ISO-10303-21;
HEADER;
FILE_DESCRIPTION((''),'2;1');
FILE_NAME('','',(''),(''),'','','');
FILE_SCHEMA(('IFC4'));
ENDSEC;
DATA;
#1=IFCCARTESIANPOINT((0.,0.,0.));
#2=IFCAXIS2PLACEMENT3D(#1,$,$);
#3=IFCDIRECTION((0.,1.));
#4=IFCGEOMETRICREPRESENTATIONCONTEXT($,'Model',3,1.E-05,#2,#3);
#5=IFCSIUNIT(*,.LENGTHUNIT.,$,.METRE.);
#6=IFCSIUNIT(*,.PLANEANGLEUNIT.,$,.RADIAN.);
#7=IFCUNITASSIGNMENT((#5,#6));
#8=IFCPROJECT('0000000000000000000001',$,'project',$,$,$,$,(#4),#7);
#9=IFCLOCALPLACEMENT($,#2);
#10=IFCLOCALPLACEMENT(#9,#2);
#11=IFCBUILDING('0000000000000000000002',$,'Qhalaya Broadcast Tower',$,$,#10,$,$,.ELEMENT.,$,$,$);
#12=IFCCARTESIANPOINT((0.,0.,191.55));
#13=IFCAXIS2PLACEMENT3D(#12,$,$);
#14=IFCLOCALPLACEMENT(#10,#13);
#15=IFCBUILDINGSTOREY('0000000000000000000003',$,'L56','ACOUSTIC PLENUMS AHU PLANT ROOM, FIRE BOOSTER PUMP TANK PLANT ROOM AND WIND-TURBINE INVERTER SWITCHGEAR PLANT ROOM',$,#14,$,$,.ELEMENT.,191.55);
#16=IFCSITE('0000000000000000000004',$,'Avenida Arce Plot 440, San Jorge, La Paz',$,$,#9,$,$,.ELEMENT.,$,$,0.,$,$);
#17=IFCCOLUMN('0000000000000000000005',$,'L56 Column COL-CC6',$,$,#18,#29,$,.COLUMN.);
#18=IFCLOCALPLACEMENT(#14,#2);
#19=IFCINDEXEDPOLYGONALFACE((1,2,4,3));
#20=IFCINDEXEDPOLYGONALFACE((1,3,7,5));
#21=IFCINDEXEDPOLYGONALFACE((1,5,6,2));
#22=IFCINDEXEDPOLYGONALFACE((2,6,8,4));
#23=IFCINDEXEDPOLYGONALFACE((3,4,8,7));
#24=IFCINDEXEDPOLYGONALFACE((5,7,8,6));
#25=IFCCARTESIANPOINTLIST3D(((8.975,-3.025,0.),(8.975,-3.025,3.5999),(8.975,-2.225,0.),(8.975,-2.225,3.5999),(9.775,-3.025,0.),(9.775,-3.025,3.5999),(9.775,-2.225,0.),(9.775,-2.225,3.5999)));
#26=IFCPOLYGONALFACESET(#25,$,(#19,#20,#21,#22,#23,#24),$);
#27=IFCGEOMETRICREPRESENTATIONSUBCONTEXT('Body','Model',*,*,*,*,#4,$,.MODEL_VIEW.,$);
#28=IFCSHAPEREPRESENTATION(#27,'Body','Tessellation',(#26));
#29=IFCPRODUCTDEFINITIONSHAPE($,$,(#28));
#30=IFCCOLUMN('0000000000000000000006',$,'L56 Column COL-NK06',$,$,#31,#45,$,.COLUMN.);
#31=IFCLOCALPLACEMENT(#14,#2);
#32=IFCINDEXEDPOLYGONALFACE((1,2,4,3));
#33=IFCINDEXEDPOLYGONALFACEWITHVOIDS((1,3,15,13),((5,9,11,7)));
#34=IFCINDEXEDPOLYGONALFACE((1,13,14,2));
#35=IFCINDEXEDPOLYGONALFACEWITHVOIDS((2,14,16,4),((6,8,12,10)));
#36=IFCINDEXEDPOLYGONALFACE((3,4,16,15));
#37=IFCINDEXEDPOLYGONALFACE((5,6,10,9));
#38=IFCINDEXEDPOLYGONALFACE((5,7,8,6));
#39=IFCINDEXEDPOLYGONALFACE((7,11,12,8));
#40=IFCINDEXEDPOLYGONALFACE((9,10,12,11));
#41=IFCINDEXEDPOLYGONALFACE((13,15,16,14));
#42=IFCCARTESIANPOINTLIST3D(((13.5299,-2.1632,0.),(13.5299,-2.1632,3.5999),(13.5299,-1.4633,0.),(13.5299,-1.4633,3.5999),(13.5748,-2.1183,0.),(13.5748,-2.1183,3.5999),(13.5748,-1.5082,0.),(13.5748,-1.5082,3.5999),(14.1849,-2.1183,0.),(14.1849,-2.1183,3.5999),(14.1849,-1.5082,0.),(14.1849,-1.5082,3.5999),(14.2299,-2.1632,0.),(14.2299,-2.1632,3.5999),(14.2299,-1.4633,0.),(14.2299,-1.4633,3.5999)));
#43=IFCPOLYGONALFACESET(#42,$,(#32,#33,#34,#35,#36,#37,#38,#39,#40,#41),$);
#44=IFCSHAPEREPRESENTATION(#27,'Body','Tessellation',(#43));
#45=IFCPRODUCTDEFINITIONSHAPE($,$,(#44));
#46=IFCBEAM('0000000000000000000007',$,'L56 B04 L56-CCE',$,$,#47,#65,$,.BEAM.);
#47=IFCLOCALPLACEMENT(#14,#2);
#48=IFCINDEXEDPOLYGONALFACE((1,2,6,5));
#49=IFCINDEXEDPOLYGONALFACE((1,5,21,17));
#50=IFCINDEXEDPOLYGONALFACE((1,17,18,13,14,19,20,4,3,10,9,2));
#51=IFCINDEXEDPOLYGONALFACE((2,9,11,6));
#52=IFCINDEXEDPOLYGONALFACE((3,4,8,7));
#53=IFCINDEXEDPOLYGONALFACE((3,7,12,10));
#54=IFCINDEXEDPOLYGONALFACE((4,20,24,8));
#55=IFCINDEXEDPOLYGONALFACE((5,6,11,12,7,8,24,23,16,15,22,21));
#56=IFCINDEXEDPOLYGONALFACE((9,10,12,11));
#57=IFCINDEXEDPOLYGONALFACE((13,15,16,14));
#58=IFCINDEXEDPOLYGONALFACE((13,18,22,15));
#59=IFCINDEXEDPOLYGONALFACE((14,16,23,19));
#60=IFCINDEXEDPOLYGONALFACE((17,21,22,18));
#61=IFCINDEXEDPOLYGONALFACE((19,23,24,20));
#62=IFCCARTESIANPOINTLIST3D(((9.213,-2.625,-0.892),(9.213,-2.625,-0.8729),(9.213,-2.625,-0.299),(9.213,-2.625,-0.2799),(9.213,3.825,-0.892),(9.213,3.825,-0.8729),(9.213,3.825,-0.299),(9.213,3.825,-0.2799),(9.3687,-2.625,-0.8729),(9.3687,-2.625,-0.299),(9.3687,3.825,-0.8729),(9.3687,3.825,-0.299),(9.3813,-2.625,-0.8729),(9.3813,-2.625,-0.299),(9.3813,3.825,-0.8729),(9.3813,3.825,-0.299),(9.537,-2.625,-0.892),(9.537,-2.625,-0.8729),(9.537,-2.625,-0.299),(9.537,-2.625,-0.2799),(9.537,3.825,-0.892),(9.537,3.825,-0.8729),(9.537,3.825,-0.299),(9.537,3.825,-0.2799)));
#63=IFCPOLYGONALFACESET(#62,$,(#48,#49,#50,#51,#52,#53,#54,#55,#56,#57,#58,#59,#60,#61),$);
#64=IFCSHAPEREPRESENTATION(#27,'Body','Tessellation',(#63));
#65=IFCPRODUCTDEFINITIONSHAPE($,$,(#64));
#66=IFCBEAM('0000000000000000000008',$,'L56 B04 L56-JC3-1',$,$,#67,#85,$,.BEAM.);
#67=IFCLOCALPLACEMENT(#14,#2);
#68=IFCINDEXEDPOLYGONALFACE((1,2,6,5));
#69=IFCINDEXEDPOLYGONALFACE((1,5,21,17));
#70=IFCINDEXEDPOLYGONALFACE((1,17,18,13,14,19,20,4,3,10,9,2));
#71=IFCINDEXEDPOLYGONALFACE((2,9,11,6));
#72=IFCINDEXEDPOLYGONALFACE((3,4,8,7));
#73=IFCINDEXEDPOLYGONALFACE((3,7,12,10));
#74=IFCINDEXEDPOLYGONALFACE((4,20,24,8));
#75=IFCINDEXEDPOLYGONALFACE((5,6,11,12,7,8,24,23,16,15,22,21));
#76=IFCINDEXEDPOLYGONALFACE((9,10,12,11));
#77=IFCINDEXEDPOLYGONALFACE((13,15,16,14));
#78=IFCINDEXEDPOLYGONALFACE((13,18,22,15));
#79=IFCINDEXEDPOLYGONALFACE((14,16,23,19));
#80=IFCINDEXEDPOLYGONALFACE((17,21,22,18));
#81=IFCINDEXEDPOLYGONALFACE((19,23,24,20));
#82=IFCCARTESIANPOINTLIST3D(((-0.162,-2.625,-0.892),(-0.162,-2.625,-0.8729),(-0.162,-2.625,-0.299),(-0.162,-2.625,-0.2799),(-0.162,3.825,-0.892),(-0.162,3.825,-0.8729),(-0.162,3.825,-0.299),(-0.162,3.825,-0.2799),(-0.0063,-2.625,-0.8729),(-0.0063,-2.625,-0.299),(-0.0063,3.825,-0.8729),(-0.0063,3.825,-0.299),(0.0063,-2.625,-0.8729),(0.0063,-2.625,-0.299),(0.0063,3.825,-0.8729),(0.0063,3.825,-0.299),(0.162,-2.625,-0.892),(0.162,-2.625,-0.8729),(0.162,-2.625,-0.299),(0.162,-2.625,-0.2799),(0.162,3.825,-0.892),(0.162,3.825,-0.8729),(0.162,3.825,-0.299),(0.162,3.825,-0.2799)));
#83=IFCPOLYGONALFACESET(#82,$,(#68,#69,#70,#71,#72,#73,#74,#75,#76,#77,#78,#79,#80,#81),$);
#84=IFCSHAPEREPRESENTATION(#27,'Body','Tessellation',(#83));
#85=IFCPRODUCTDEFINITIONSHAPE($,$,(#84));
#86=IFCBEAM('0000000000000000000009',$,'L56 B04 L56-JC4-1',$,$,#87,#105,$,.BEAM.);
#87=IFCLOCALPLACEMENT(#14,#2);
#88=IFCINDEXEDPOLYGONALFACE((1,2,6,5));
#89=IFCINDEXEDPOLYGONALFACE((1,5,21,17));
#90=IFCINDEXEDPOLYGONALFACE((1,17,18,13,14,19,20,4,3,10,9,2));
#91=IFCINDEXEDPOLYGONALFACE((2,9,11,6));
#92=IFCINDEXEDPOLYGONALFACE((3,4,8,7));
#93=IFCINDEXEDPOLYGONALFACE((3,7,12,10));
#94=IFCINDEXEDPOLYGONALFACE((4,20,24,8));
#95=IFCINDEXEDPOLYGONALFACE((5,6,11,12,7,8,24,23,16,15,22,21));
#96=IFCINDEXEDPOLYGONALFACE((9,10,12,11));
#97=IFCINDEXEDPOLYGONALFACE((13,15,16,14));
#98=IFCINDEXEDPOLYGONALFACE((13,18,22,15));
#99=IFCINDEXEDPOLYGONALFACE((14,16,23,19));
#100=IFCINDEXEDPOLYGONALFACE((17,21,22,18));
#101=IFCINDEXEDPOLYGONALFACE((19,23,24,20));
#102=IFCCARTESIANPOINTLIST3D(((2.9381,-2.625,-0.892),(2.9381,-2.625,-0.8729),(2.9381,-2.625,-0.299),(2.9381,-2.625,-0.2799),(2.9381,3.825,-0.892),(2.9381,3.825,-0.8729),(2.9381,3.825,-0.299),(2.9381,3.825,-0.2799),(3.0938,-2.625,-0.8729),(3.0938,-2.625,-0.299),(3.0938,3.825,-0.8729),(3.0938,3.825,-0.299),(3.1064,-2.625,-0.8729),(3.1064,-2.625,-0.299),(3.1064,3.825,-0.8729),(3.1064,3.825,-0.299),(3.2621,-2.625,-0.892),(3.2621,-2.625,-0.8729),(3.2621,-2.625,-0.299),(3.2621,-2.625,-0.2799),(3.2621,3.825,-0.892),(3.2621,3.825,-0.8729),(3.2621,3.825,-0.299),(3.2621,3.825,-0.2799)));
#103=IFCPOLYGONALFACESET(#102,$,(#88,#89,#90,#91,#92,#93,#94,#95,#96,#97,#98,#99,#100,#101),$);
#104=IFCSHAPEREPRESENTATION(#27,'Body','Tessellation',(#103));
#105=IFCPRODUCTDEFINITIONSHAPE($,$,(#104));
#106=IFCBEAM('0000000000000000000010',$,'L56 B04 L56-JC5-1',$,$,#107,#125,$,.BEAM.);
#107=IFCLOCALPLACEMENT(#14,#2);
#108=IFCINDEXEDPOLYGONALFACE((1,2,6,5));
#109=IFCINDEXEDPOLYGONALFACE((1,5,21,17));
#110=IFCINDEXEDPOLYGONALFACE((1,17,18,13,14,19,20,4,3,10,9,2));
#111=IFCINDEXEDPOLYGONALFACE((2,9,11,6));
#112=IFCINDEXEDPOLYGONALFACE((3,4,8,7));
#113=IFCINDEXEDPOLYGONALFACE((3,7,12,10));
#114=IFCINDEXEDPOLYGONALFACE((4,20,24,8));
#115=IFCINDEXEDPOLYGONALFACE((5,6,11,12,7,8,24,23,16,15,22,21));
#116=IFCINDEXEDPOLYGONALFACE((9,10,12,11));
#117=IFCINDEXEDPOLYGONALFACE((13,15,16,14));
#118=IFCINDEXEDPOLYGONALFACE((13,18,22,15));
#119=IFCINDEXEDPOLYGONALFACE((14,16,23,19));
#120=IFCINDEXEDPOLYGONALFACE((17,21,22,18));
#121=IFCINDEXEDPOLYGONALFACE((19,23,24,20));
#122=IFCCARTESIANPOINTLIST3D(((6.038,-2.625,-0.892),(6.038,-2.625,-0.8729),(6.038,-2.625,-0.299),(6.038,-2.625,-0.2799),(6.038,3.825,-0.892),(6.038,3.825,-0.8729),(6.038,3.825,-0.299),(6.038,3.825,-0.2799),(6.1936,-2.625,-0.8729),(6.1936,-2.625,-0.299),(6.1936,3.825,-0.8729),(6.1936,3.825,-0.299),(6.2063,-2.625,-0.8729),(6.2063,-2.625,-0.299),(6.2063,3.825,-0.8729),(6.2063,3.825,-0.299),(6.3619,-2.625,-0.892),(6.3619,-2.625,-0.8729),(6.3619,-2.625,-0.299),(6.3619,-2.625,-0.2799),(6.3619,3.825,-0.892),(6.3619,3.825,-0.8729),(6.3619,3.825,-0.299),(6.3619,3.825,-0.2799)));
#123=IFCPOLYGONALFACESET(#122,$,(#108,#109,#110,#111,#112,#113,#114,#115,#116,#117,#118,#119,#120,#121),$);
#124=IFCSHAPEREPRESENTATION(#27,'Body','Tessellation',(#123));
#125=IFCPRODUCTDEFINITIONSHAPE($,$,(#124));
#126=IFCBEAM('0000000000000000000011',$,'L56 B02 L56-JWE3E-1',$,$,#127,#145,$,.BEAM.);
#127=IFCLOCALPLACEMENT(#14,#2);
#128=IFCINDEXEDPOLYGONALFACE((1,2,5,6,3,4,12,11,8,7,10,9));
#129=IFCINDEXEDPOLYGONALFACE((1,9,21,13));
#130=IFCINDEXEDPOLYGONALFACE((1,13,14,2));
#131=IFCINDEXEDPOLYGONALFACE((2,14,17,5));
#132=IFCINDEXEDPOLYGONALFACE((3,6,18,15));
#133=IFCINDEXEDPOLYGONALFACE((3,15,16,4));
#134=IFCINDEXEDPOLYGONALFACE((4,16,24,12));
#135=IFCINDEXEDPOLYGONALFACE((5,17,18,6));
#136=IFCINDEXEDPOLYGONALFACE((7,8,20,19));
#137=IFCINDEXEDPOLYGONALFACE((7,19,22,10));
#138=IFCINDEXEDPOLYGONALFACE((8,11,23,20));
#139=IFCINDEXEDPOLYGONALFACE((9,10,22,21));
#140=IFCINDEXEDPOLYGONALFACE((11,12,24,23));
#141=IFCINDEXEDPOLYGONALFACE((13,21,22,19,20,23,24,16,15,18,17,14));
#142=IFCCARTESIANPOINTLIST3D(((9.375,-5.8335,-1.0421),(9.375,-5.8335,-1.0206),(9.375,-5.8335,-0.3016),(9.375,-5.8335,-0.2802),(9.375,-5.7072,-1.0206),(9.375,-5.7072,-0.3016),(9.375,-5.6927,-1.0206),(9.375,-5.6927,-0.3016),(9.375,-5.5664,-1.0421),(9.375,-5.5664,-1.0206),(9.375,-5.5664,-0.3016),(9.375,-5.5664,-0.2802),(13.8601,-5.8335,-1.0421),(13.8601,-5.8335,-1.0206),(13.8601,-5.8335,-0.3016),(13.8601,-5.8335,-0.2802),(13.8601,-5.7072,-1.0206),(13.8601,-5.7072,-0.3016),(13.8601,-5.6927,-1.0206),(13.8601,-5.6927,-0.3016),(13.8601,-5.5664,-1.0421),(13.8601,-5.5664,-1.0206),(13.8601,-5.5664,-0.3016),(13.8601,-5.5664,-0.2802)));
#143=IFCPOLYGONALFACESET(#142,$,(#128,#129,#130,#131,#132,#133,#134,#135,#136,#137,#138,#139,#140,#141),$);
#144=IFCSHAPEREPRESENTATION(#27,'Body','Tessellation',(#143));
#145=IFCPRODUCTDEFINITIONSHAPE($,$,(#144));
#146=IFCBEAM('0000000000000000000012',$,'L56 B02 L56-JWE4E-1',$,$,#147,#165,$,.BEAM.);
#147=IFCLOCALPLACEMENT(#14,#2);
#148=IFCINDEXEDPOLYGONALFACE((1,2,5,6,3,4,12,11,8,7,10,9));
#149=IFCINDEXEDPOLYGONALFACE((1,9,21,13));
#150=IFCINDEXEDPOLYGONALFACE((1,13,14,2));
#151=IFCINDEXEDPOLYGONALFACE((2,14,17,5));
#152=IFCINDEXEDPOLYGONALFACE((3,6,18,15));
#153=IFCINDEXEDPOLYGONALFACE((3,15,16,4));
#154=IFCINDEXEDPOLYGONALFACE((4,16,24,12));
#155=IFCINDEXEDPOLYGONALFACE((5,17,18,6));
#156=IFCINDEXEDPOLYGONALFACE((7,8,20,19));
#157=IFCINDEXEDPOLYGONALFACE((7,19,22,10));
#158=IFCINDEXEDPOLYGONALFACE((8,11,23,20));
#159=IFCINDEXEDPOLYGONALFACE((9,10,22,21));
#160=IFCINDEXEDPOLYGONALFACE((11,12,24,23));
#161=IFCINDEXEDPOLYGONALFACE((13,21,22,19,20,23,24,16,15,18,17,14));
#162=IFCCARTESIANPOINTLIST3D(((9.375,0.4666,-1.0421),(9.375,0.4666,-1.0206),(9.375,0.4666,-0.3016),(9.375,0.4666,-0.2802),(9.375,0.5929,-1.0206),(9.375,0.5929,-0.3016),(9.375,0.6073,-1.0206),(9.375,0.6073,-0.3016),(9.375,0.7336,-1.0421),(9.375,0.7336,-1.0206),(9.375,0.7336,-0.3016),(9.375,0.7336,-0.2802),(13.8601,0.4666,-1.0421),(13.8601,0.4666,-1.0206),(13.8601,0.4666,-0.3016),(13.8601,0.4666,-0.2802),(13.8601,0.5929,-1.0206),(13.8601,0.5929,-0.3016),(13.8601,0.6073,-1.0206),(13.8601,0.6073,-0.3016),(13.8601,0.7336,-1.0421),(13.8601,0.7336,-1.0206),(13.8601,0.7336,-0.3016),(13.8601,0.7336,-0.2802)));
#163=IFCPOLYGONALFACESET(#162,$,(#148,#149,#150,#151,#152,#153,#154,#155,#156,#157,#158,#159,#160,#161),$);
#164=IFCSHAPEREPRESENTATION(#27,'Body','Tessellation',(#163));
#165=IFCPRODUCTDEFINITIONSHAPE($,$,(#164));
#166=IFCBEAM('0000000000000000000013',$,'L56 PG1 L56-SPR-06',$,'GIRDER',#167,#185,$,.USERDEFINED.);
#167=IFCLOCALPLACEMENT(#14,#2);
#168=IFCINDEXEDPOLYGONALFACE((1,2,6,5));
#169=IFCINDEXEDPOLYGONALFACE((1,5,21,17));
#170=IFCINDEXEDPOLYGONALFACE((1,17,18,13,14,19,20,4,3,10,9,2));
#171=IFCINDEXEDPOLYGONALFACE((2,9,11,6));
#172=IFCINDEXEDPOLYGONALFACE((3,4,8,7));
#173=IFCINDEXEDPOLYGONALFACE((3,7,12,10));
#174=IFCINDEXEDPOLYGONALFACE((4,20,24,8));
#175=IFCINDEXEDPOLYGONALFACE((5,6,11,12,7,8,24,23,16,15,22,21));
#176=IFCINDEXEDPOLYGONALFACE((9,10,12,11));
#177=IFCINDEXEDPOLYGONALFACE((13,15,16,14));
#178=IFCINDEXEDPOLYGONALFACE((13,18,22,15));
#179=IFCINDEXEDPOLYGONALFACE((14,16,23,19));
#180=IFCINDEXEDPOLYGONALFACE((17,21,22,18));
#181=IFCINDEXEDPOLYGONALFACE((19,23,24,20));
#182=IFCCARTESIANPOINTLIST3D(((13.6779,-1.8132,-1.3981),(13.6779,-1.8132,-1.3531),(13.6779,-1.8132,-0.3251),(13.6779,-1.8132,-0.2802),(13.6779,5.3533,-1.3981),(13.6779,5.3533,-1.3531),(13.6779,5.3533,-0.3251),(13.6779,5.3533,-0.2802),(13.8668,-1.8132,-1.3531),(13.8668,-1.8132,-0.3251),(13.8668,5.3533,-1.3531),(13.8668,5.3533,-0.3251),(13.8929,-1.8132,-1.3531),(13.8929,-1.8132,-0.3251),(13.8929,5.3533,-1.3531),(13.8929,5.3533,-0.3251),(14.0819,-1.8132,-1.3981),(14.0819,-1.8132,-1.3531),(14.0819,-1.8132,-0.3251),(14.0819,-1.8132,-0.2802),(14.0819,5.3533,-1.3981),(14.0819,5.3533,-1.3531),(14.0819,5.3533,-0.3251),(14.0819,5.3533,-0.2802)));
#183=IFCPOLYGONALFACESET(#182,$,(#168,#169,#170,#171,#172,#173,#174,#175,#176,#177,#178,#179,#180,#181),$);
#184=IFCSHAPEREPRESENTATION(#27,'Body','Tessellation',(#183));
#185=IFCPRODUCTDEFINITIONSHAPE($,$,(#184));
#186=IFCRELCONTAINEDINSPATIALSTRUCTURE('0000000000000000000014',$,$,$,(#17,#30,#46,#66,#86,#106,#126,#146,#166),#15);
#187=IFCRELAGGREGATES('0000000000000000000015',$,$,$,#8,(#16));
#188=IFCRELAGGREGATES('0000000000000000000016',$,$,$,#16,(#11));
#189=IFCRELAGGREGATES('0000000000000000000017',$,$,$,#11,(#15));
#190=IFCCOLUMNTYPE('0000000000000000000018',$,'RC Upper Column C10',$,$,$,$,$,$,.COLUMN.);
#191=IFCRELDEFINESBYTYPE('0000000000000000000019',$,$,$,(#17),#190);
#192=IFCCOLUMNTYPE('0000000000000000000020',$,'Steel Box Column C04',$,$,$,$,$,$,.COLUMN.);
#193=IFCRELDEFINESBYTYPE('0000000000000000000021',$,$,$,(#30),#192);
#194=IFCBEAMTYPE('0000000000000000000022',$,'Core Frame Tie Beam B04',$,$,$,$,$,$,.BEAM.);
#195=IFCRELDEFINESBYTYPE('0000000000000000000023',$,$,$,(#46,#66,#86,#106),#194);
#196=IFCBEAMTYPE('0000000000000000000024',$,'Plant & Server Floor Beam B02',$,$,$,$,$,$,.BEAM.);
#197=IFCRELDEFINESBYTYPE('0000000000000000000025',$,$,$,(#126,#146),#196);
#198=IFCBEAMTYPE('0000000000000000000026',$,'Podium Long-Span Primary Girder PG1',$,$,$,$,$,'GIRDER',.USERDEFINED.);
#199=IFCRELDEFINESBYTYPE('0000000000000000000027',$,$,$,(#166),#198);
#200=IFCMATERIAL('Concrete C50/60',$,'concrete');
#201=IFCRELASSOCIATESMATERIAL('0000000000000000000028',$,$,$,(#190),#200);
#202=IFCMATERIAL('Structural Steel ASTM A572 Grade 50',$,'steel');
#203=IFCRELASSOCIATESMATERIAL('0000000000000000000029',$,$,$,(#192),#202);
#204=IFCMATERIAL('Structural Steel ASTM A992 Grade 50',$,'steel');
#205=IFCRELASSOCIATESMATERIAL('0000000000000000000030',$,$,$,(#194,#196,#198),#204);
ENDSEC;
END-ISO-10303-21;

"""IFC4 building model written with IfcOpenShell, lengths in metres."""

from ifc_helpers import new_model, si_unit, direction, frame, origin, origin_2d, place, context, subcontext, project, spatial, rectangle, hollow_rectangle, i_section, extrude, material, material_profile, profile_set, type_object, element, save


model = new_model("IFC4")

# Units and contexts
model_context = context("Model", 3, precision=1e-05, world=origin(), true_north=direction((0.0, 1.0)))
body_context = subcontext(model_context, "Body", "Model", "MODEL_VIEW")
ifc_project = project(units=[si_unit("LENGTHUNIT", "METRE"), si_unit("PLANEANGLEUNIT", "RADIAN")], contexts=[model_context])

# Site, building, storey
site_placement = place(None, origin())
site = spatial("IfcSite", under=ifc_project, at=site_placement, Name="Avenida Arce Plot 440, San Jorge, La Paz", CompositionType="ELEMENT", RefElevation=0.0)
building_placement = place(site_placement, origin())
building = spatial("IfcBuilding", under=site, at=building_placement, Name="Qhalaya Broadcast Tower", CompositionType="ELEMENT")
storey_placement = place(building_placement, frame((0.0, 0.0, 191.55)))
storey = spatial("IfcBuildingStorey", under=building, at=storey_placement, Name="L56", Description="ACOUSTIC PLENUMS AHU PLANT ROOM, FIRE BOOSTER PUMP TANK PLANT ROOM AND WIND-TURBINE INVERTER SWITCHGEAR PLANT ROOM", CompositionType="ELEMENT", Elevation=191.55)

# Columns
ifc_material_1 = material(Name="Concrete C50/60", Category="concrete")
ifc_material_profile_1 = material_profile(ifc_material_1, rectangle(XDim=0.8, YDim=0.8, at=origin_2d()), Name="RC-COL 800x800")
ifc_profile_set_1 = profile_set([ifc_material_profile_1], Name="Concrete C50/60")
column_type_1 = type_object("IfcColumnType", Name="RC Upper Column C10", PredefinedType="COLUMN", material=ifc_profile_set_1)
column_1_placement = place(storey_placement, frame((9.375, -2.625, 0.0), z_axis=(0.0, 0.0, 1.0), x_axis=(1.0, 0.0, 0.0)))
element("IfcColumn", 1, at=column_1_placement, inside=storey, type_object=column_type_1, Name="L56 Column COL-CC6", PredefinedType="COLUMN", context=body_context, shape_type="SweptSolid", body=[
    extrude(rectangle(XDim=0.8, YDim=0.8, at=origin_2d()), origin(), (0.0, 0.0, 1.0), 3.5999),
])
ifc_material_2 = material(Name="Structural Steel ASTM A572 Grade 50", Category="steel")
ifc_material_profile_2 = material_profile(ifc_material_2, hollow_rectangle(XDim=0.7, YDim=0.7, WallThickness=0.0449, at=origin_2d()), Name="BOX 700x700x45")
ifc_profile_set_2 = profile_set([ifc_material_profile_2], Name="Structural Steel ASTM A572 Grade 50")
column_type_2 = type_object("IfcColumnType", Name="Steel Box Column C04", PredefinedType="COLUMN", material=ifc_profile_set_2)
column_2_placement = place(storey_placement, frame((13.8799, -1.8132, 0.0), z_axis=(0.0, 0.0, 1.0), x_axis=(0.0, 1.0, 0.0)))
element("IfcColumn", 2, at=column_2_placement, inside=storey, type_object=column_type_2, Name="L56 Column COL-NK06", PredefinedType="COLUMN", context=body_context, shape_type="SweptSolid", body=[
    extrude(hollow_rectangle(XDim=0.7, YDim=0.7, WallThickness=0.0449, at=origin_2d()), origin(), (0.0, 0.0, 1.0), 3.5999),
])

# Beams
ifc_material_3 = material(Name="Structural Steel ASTM A992 Grade 50", Category="steel")
ifc_material_profile_3 = material_profile(ifc_material_3, i_section(OverallWidth=0.324, OverallDepth=0.6121, WebThickness=0.0127, FlangeThickness=0.019, at=origin_2d()), Name="W24X104")
ifc_profile_set_3 = profile_set([ifc_material_profile_3], Name="Structural Steel ASTM A992 Grade 50")
beam_type_1 = type_object("IfcBeamType", Name="Core Frame Tie Beam B04", PredefinedType="BEAM", material=ifc_profile_set_3)
for number, where, z_axis, x_axis, name in (
    (3, (9.375, -2.625, -0.5859), (0.0, 1.0, 0.0), (-1.0, 0.0, 0.0), "L56 B04 L56-CCE"),
    (4, (0.0, -2.625, -0.5859), (0.0, 1.0, 0.0), (-1.0, 0.0, 0.0), "L56 B04 L56-JC3-1"),
    (5, (3.1001, -2.625, -0.5859), (0.0, 1.0, 0.0), (-1.0, 0.0, 0.0), "L56 B04 L56-JC4-1"),
    (6, (6.2, -2.625, -0.5859), (0.0, 1.0, 0.0), (-1.0, 0.0, 0.0), "L56 B04 L56-JC5-1"),
):
    element("IfcBeam", number, at=place(storey_placement, frame(where, z_axis=z_axis, x_axis=x_axis)), inside=storey, type_object=beam_type_1, Name=name, PredefinedType="BEAM", context=body_context, shape_type="SweptSolid", body=[
        extrude(i_section(OverallWidth=0.324, OverallDepth=0.6121, WebThickness=0.0127, FlangeThickness=0.019, at=origin_2d()), origin(), (0.0, 0.0, 1.0), 6.45),
    ])
ifc_material_profile_4 = material_profile(ifc_material_3, i_section(OverallWidth=0.2671, OverallDepth=0.762, WebThickness=0.0144, FlangeThickness=0.0215, at=origin_2d()), Name="W30X116")
ifc_profile_set_4 = profile_set([ifc_material_profile_4], Name="Structural Steel ASTM A992 Grade 50")
beam_type_2 = type_object("IfcBeamType", Name="Plant & Server Floor Beam B02", PredefinedType="BEAM", material=ifc_profile_set_4)
for number, where, z_axis, x_axis, name in (
    (7, (9.375, -5.7, -0.6611), (1.0, 0.0, 0.0), (0.0, 1.0, 0.0), "L56 B02 L56-JWE3E-1"),
    (8, (9.375, 0.6001, -0.6611), (1.0, 0.0, 0.0), (0.0, 1.0, 0.0), "L56 B02 L56-JWE4E-1"),
):
    element("IfcBeam", number, at=place(storey_placement, frame(where, z_axis=z_axis, x_axis=x_axis)), inside=storey, type_object=beam_type_2, Name=name, PredefinedType="BEAM", context=body_context, shape_type="SweptSolid", body=[
        extrude(i_section(OverallWidth=0.2671, OverallDepth=0.762, WebThickness=0.0144, FlangeThickness=0.0215, at=origin_2d()), origin(), (0.0, 0.0, 1.0), 4.4851),
    ])
ifc_material_profile_5 = material_profile(ifc_material_3, i_section(OverallWidth=0.4041, OverallDepth=1.1179, WebThickness=0.0261, FlangeThickness=0.0449, at=origin_2d()), Name="W44X335")
ifc_profile_set_5 = profile_set([ifc_material_profile_5], Name="Structural Steel ASTM A992 Grade 50")
beam_type_3 = type_object("IfcBeamType", Name="Podium Long-Span Primary Girder PG1", ElementType="GIRDER", PredefinedType="USERDEFINED", material=ifc_profile_set_5)
beam_1_placement = place(storey_placement, frame((13.8799, -1.8132, -0.8391), z_axis=(0.0, 1.0, 0.0), x_axis=(-1.0, 0.0, 0.0)))
element("IfcBeam", 9, at=beam_1_placement, inside=storey, type_object=beam_type_3, Name="L56 PG1 L56-SPR-06", ObjectType="GIRDER", PredefinedType="USERDEFINED", context=body_context, shape_type="SweptSolid", body=[
    extrude(i_section(OverallWidth=0.4041, OverallDepth=1.1179, WebThickness=0.0261, FlangeThickness=0.0449, at=origin_2d()), origin(), (0.0, 0.0, 1.0), 7.1665),
])

save(model, "model.ifc")
